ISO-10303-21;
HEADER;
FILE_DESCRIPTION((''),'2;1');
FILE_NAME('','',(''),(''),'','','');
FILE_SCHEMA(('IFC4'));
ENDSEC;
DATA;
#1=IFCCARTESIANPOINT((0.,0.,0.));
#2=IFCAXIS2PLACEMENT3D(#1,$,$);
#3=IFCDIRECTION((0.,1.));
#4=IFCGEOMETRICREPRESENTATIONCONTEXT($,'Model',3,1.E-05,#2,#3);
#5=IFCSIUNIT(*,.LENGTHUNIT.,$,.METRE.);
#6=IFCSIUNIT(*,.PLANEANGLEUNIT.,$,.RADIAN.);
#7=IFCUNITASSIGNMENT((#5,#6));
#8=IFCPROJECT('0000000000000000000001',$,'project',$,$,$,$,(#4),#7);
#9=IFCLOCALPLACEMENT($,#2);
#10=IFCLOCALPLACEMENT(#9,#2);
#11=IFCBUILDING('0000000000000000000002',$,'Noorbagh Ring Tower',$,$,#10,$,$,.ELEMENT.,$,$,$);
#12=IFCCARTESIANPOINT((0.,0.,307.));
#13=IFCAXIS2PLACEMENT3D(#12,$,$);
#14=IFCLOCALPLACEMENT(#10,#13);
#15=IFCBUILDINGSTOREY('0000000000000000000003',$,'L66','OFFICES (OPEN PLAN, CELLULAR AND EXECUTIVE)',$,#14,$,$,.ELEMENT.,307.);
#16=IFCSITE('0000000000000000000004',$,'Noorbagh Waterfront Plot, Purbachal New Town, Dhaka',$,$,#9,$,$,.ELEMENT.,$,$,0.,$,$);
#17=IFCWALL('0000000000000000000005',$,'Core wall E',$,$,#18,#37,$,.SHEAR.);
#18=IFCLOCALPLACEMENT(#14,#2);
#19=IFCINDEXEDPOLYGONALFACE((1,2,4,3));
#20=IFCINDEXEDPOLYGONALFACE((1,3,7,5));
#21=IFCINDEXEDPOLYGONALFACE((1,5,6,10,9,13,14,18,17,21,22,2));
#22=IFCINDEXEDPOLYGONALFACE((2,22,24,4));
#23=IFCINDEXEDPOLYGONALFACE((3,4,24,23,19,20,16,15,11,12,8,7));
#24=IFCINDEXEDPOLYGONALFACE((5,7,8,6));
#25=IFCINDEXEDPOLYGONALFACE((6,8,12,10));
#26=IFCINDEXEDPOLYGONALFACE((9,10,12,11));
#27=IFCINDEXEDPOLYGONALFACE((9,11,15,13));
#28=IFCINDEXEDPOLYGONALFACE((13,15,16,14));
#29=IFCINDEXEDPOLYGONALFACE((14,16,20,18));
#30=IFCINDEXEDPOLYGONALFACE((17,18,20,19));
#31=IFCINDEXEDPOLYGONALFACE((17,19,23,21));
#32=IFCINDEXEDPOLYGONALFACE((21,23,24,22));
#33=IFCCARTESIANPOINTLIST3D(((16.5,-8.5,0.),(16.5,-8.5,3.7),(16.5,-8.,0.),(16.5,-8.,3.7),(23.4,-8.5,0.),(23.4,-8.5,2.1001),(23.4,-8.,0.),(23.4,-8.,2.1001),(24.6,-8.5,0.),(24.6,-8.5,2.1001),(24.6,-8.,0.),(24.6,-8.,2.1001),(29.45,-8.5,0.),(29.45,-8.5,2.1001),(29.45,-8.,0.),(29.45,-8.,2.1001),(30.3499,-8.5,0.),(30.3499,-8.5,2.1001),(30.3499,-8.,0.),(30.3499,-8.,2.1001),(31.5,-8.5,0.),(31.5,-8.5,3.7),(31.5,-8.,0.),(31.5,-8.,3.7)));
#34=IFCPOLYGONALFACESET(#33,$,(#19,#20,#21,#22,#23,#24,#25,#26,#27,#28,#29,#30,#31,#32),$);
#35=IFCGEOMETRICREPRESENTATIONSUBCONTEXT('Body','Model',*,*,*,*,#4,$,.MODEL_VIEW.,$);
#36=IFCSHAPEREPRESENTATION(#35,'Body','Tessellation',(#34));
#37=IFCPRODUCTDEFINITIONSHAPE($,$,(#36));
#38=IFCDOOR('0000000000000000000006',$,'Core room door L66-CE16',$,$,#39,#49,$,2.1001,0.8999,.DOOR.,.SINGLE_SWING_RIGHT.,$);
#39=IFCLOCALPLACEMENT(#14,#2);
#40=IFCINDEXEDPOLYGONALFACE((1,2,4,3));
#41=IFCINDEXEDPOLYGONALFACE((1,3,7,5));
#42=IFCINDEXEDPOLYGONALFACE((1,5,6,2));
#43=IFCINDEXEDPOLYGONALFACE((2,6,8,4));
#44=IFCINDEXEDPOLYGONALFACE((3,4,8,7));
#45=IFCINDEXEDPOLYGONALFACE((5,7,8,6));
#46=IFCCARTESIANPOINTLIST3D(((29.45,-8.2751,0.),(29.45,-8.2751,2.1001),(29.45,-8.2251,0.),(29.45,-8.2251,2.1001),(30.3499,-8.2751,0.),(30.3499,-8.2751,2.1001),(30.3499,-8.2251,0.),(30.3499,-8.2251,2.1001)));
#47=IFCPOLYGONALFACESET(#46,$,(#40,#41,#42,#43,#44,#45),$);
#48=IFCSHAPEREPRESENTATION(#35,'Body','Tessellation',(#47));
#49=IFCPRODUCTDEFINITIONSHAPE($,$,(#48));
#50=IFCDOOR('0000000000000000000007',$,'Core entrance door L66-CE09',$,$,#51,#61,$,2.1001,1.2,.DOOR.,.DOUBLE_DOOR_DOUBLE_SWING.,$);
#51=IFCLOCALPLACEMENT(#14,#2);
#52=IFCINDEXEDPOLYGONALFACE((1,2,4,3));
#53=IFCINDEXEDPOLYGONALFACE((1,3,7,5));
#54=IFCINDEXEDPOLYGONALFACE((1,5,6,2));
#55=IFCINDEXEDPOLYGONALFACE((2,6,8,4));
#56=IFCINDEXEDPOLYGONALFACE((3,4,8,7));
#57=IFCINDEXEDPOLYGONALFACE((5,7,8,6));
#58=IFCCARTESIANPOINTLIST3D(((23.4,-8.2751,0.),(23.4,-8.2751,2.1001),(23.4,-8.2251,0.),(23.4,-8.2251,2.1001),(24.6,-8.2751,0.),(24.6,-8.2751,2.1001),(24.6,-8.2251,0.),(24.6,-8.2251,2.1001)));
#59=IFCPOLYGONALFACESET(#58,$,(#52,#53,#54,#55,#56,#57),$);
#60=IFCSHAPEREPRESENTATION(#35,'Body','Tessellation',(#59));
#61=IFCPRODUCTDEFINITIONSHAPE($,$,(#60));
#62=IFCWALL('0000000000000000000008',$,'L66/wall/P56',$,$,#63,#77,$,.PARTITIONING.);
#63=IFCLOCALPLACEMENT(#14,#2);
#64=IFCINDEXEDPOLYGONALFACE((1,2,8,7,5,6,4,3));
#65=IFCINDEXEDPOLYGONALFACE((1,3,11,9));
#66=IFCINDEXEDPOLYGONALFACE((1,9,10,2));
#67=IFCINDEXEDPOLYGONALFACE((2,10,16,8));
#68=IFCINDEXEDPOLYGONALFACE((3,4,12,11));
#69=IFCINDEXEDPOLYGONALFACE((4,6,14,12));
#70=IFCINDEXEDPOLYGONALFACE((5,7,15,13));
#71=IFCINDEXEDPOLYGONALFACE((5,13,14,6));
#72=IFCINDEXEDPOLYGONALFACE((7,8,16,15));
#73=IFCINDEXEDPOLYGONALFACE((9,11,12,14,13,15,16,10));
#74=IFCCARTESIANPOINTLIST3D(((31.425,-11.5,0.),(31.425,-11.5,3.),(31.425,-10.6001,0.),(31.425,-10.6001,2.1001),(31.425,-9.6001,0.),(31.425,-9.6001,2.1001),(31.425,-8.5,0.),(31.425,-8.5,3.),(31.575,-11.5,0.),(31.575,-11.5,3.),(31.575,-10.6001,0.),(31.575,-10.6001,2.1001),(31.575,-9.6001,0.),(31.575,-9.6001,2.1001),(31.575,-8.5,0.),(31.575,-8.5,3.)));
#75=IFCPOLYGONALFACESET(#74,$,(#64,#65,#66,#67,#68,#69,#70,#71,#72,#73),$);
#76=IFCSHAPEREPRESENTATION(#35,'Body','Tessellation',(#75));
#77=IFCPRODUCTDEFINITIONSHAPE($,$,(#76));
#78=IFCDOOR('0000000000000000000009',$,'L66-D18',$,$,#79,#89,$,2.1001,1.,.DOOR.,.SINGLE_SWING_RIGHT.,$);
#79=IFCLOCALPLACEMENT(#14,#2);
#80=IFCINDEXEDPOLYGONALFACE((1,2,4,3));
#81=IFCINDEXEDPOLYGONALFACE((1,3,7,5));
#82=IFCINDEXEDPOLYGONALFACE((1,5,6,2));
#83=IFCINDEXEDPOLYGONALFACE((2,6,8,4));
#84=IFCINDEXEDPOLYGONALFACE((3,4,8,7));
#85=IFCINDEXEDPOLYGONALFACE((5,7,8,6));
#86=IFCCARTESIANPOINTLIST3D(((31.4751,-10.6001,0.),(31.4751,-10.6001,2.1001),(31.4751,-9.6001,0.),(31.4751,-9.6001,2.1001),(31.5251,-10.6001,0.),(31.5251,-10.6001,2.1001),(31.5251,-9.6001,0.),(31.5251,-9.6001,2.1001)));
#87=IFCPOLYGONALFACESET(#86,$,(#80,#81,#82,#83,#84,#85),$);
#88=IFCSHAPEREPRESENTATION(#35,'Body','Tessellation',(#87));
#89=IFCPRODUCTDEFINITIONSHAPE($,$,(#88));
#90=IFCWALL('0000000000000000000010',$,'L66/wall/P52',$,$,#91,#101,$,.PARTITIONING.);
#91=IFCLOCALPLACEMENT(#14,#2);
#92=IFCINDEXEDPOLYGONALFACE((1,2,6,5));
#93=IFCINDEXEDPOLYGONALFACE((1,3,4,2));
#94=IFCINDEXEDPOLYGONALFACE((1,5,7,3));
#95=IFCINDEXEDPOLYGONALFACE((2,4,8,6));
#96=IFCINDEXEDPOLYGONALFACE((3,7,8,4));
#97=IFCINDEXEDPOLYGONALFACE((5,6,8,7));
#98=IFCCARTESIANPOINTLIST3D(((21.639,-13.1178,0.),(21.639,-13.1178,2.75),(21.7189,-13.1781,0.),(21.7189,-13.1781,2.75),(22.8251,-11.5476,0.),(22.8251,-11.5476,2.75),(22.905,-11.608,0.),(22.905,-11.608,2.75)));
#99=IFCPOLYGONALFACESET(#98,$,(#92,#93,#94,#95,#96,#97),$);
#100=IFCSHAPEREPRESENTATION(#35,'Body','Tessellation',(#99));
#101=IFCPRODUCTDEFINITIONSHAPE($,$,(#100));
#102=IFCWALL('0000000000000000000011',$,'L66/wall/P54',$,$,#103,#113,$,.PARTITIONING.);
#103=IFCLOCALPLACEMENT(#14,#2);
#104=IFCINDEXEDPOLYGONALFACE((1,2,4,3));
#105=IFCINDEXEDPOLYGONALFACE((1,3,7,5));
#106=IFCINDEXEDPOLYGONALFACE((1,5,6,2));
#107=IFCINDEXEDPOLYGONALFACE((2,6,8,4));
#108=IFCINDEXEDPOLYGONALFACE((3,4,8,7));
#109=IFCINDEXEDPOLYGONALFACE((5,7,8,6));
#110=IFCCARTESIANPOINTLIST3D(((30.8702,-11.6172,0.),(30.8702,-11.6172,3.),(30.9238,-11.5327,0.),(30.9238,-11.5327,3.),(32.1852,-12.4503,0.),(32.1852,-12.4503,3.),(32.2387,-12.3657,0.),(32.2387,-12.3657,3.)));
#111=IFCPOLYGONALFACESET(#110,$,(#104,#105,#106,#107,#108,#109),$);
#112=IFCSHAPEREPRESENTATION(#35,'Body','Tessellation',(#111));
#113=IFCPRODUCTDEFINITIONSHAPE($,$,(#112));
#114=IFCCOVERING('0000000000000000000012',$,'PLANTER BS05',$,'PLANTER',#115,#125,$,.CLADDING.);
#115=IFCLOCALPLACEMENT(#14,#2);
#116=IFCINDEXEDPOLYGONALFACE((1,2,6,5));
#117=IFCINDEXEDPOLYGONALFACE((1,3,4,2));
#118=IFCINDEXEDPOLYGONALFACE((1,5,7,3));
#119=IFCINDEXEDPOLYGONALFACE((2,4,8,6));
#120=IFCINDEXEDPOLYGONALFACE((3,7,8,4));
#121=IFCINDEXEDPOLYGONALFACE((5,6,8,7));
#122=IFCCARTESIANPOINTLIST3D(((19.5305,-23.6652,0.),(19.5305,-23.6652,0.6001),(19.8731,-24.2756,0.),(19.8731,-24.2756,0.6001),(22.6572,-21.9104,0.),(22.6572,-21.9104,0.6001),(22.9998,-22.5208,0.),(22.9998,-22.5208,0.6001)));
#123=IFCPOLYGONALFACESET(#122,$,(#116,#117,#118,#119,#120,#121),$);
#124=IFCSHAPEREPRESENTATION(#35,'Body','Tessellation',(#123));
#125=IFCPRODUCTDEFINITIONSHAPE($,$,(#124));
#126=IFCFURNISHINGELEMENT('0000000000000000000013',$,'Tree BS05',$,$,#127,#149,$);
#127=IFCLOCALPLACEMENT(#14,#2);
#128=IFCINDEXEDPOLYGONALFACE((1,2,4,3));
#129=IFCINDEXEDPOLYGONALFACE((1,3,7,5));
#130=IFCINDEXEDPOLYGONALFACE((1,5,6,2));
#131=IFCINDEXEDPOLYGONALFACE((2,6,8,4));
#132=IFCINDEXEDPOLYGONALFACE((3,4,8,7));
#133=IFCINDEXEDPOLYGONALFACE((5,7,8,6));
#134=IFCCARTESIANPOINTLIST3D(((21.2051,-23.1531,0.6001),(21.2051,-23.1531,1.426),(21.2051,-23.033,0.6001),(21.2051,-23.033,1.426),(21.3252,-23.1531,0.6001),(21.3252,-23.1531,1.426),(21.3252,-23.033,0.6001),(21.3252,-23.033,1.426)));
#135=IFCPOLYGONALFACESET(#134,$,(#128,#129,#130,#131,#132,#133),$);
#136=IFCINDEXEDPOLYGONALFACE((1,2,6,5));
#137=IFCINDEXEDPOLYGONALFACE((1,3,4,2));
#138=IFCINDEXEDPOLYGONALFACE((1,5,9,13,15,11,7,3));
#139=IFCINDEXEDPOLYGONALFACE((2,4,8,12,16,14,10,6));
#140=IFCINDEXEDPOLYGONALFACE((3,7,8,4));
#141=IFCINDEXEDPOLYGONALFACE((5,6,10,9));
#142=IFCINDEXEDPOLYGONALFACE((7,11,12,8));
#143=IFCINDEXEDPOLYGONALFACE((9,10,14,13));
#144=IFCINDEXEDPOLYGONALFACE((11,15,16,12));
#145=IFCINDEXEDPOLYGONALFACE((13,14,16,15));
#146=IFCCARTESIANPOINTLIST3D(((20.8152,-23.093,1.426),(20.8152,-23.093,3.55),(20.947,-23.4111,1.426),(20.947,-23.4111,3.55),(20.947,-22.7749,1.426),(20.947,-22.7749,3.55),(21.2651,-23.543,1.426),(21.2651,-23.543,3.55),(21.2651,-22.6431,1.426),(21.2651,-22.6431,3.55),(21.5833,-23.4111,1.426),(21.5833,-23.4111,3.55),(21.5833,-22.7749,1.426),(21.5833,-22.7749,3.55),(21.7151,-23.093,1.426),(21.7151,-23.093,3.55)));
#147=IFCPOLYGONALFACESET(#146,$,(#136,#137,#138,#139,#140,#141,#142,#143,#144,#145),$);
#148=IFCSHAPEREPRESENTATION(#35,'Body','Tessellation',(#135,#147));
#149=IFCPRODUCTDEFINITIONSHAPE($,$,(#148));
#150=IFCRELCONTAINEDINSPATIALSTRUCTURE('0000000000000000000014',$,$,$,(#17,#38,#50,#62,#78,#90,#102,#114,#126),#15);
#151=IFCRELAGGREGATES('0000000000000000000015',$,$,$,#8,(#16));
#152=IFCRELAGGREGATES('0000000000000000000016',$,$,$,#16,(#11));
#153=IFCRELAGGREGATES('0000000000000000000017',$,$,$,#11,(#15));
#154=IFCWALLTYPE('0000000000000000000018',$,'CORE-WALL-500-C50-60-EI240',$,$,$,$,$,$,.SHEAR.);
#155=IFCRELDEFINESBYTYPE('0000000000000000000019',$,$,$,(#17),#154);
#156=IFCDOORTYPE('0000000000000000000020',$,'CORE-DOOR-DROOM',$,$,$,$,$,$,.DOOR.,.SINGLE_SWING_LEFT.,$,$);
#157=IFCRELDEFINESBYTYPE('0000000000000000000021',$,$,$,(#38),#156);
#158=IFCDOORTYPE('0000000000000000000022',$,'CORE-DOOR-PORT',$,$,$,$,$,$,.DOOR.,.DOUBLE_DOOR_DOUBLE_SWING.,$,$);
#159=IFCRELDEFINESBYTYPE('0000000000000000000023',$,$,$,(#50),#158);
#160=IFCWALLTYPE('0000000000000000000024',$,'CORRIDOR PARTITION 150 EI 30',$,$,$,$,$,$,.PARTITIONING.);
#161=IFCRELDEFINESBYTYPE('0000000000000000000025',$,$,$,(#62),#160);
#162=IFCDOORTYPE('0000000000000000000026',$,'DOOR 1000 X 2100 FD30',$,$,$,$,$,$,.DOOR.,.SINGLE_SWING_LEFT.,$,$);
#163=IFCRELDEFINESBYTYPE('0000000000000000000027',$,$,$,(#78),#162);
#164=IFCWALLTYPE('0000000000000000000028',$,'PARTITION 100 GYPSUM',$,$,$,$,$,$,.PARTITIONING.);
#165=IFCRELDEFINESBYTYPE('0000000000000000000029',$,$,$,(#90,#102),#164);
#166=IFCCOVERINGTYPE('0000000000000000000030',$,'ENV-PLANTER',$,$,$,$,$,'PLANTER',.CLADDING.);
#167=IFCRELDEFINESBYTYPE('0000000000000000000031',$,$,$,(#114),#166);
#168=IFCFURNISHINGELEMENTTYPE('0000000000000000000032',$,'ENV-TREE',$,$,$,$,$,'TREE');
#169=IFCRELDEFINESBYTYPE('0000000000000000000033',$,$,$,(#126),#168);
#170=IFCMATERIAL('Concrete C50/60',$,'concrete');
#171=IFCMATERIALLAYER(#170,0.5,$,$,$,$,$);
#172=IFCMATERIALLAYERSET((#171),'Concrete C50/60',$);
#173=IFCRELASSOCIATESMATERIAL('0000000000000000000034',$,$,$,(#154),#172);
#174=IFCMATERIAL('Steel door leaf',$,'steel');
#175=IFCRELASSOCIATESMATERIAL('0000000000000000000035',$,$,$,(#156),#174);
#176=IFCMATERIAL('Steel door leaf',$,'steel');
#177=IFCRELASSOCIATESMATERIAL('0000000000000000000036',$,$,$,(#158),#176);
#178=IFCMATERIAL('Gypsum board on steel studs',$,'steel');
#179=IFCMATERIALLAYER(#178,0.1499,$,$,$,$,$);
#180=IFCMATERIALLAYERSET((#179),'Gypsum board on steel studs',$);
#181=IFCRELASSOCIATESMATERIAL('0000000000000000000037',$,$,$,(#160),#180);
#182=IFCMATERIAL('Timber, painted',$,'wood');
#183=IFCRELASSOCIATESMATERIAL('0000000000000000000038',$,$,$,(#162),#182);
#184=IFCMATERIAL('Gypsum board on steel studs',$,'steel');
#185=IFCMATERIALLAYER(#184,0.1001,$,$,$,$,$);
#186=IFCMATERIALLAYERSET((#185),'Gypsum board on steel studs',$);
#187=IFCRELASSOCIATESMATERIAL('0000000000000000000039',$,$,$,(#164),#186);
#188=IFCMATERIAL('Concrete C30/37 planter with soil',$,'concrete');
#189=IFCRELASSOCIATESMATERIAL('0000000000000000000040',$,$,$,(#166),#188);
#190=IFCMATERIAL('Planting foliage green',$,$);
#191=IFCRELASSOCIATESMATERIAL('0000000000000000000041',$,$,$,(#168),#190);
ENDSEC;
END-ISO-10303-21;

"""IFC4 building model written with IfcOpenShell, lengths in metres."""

from ifc_helpers import new_model, si_unit, direction, frame, frame_2d, origin, origin_2d, place, context, subcontext, project, spatial, polyline, rectangle, outline, extrude, material, layer, layer_set, type_object, element, fill, save


model = new_model("IFC4")

# Units and contexts
model_context = context("Model", 3, precision=1e-05, world=origin(), true_north=direction((0.0, 1.0)))
body_context = subcontext(model_context, "Body", "Model", "MODEL_VIEW")
ifc_project = project(units=[si_unit("LENGTHUNIT", "METRE"), si_unit("PLANEANGLEUNIT", "RADIAN")], contexts=[model_context])

# Site, building, storey
site_placement = place(None, origin())
site = spatial("IfcSite", under=ifc_project, at=site_placement, Name="Noorbagh Waterfront Plot, Purbachal New Town, Dhaka", CompositionType="ELEMENT", RefElevation=0.0)
building_placement = place(site_placement, origin())
building = spatial("IfcBuilding", under=site, at=building_placement, Name="Noorbagh Ring Tower", CompositionType="ELEMENT")
storey_placement = place(building_placement, frame((0.0, 0.0, 307.0)))
storey = spatial("IfcBuildingStorey", under=building, at=storey_placement, Name="L66", Description="OFFICES (OPEN PLAN, CELLULAR AND EXECUTIVE)", CompositionType="ELEMENT", Elevation=307.0)

# Wall, openings, doors
ifc_material_1 = material(Name="Concrete C50/60", Category="concrete")
ifc_layer_1 = layer(ifc_material_1, 0.5)
ifc_layer_set_1 = layer_set([ifc_layer_1], Name="Concrete C50/60")
wall_type_1 = type_object("IfcWallType", Name="CORE-WALL-500-C50-60-EI240", PredefinedType="SHEAR", material=ifc_layer_set_1)
wall_1_placement = place(storey_placement, frame((16.5, -8.25, 0.0), z_axis=(0.0, 0.0, 1.0), x_axis=(1.0, 0.0, 0.0)))
wall_1 = element("IfcWall", 1, at=wall_1_placement, inside=storey, type_object=wall_type_1, Name="Core wall E", PredefinedType="SHEAR", context=body_context, shape_type="SweptSolid", body=[
    extrude(rectangle(XDim=15.0, YDim=0.5, at=frame_2d((7.5, 0.0))), origin(), (0.0, 0.0, 1.0), 3.7),
])
opening_1_placement = place(wall_1_placement, frame((6.8999, 0.0, 0.0)))
opening_1 = element("IfcOpeningElement", 2, at=opening_1_placement, cuts=wall_1, PredefinedType="OPENING", context=body_context, shape_type="SweptSolid", body=[
    extrude(rectangle(XDim=1.2, YDim=2.1001, at=frame_2d((0.6001, 1.05))), frame((0.0, 0.26, 0.0), z_axis=(0.0, -1.0, 0.0), x_axis=(1.0, 0.0, 0.0)), (0.0, 0.0, 1.0), 0.52),
])
opening_2_placement = place(wall_1_placement, frame((12.95, 0.0, 0.0)))
opening_2 = element("IfcOpeningElement", 3, at=opening_2_placement, cuts=wall_1, PredefinedType="OPENING", context=body_context, shape_type="SweptSolid", body=[
    extrude(rectangle(XDim=0.8999, YDim=2.1001, at=frame_2d((0.45, 1.05))), frame((0.0, 0.26, 0.0), z_axis=(0.0, -1.0, 0.0), x_axis=(1.0, 0.0, 0.0)), (0.0, 0.0, 1.0), 0.52),
])
ifc_material_2 = material(Name="Steel door leaf", Category="steel")
door_type_1 = type_object("IfcDoorType", Name="CORE-DOOR-DROOM", OperationType="SINGLE_SWING_LEFT", PredefinedType="DOOR", material=ifc_material_2)
door_1_placement = place(opening_2_placement, origin())
door_1 = element("IfcDoor", 4, at=door_1_placement, inside=storey, type_object=door_type_1, Name="Core room door L66-CE16", OperationType="SINGLE_SWING_RIGHT", OverallHeight=2.1001, OverallWidth=0.8999, PredefinedType="DOOR", context=body_context, shape_type="SweptSolid", body=[
    extrude(rectangle(XDim=0.8999, YDim=2.1001, at=frame_2d((0.45, 1.05))), frame((0.0, 0.0249, 0.0), z_axis=(0.0, -1.0, 0.0), x_axis=(1.0, 0.0, 0.0)), (0.0, 0.0, 1.0), 0.05),
])
fill(opening_2, door_1)
ifc_material_3 = material(Name="Steel door leaf", Category="steel")
door_type_2 = type_object("IfcDoorType", Name="CORE-DOOR-PORT", OperationType="DOUBLE_DOOR_DOUBLE_SWING", PredefinedType="DOOR", material=ifc_material_3)
door_2_placement = place(opening_1_placement, origin())
door_2 = element("IfcDoor", 5, at=door_2_placement, inside=storey, type_object=door_type_2, Name="Core entrance door L66-CE09", OperationType="DOUBLE_DOOR_DOUBLE_SWING", OverallHeight=2.1001, OverallWidth=1.2, PredefinedType="DOOR", context=body_context, shape_type="SweptSolid", body=[
    extrude(rectangle(XDim=1.2, YDim=2.1001, at=frame_2d((0.6001, 1.05))), frame((0.0, 0.0249, 0.0), z_axis=(0.0, -1.0, 0.0), x_axis=(1.0, 0.0, 0.0)), (0.0, 0.0, 1.0), 0.05),
])
fill(opening_1, door_2)

# Wall, opening, door
ifc_material_4 = material(Name="Gypsum board on steel studs", Category="steel")
ifc_layer_2 = layer(ifc_material_4, 0.1499)
ifc_layer_set_2 = layer_set([ifc_layer_2], Name="Gypsum board on steel studs")
wall_type_2 = type_object("IfcWallType", Name="CORRIDOR PARTITION 150 EI 30", PredefinedType="PARTITIONING", material=ifc_layer_set_2)
wall_2_placement = place(storey_placement, frame((31.5, -11.5, 0.0), z_axis=(0.0, 0.0, 1.0), x_axis=(0.0, 1.0, 0.0)))
wall_2 = element("IfcWall", 6, at=wall_2_placement, inside=storey, type_object=wall_type_2, Name="L66/wall/P56", PredefinedType="PARTITIONING", context=body_context, shape_type="SweptSolid", body=[
    extrude(rectangle(XDim=3.0, YDim=0.1499, at=frame_2d((1.5, 0.0))), origin(), (0.0, 0.0, 1.0), 3.0),
])
opening_3_placement = place(wall_2_placement, frame((0.8999, 0.0, 0.0)))
opening_3 = element("IfcOpeningElement", 7, at=opening_3_placement, cuts=wall_2, PredefinedType="OPENING", context=body_context, shape_type="SweptSolid", body=[
    extrude(rectangle(XDim=1.0, YDim=2.1001, at=frame_2d((0.5, 1.05))), frame((0.0, 0.085, 0.0), z_axis=(0.0, -1.0, 0.0), x_axis=(1.0, 0.0, 0.0)), (0.0, 0.0, 1.0), 0.1699),
])
ifc_material_5 = material(Name="Timber, painted", Category="wood")
door_type_3 = type_object("IfcDoorType", Name="DOOR 1000 X 2100 FD30", OperationType="SINGLE_SWING_LEFT", PredefinedType="DOOR", material=ifc_material_5)
door_3_placement = place(opening_3_placement, origin())
door_3 = element("IfcDoor", 8, at=door_3_placement, inside=storey, type_object=door_type_3, Name="L66-D18", OperationType="SINGLE_SWING_RIGHT", OverallHeight=2.1001, OverallWidth=1.0, PredefinedType="DOOR", context=body_context, shape_type="SweptSolid", body=[
    extrude(rectangle(XDim=1.0, YDim=2.1001, at=frame_2d((0.5, 1.05))), frame((0.0, 0.0249, 0.0), z_axis=(0.0, -1.0, 0.0), x_axis=(1.0, 0.0, 0.0)), (0.0, 0.0, 1.0), 0.05),
])
fill(opening_3, door_3)

# Walls
ifc_material_6 = material(Name="Gypsum board on steel studs", Category="steel")
ifc_layer_3 = layer(ifc_material_6, 0.1001)
ifc_layer_set_3 = layer_set([ifc_layer_3], Name="Gypsum board on steel studs")
wall_type_3 = type_object("IfcWallType", Name="PARTITION 100 GYPSUM", PredefinedType="PARTITIONING", material=ifc_layer_set_3)
wall_3_placement = place(storey_placement, frame((21.679, -13.1479, 0.0), z_axis=(0.0, 0.0, 1.0), x_axis=(0.602756, 0.797926, 0.0)))
element("IfcWall", 9, at=wall_3_placement, inside=storey, type_object=wall_type_3, Name="L66/wall/P52", PredefinedType="PARTITIONING", context=body_context, shape_type="SweptSolid", body=[
    extrude(rectangle(XDim=1.9678, YDim=0.1001, at=frame_2d((0.9839, 0.0))), origin(), (0.0, 0.0, 1.0), 2.75),
])
wall_4_placement = place(storey_placement, frame((30.897, -11.575, 0.0), z_axis=(0.0, 0.0, 1.0), x_axis=(0.844758, -0.535149, 0.0)))
element("IfcWall", 10, at=wall_4_placement, inside=storey, type_object=wall_type_3, Name="L66/wall/P54", PredefinedType="PARTITIONING", context=body_context, shape_type="SweptSolid", body=[
    extrude(rectangle(XDim=1.5566, YDim=0.1001, at=frame_2d((0.7783, 0.0))), origin(), (0.0, 0.0, 1.0), 3.0),
])

# Covering
ifc_material_7 = material(Name="Concrete C30/37 planter with soil", Category="concrete")
covering_type = type_object("IfcCoveringType", Name="ENV-PLANTER", ElementType="PLANTER", PredefinedType="CLADDING", material=ifc_material_7)
covering_placement = place(storey_placement, frame((21.2651, -23.093, 0.0), z_axis=(0.0, 0.0, 1.0), x_axis=(0.872045, 0.489426, 0.0)))
element("IfcCovering", 11, at=covering_placement, inside=storey, type_object=covering_type, Name="PLANTER BS05", ObjectType="PLANTER", PredefinedType="CLADDING", context=body_context, shape_type="SweptSolid", body=[
    extrude(rectangle(XDim=3.5854, YDim=0.7, at=origin_2d()), origin(), (0.0, 0.0, 1.0), 0.6001),
])

# Furnishing element
ifc_material_8 = material(Name="Planting foliage green")
furnishing_element_type = type_object("IfcFurnishingElementType", Name="ENV-TREE", ElementType="TREE", material=ifc_material_8)
furnishing_placement = place(storey_placement, frame((21.2651, -23.093, 0.6001), z_axis=(0.0, 0.0, 1.0), x_axis=(1.0, 0.0, 0.0)))
element("IfcFurnishingElement", 12, at=furnishing_placement, inside=storey, type_object=furnishing_element_type, Name="Tree BS05", context=body_context, shape_type="SweptSolid", body=[
    extrude(rectangle(XDim=0.1201, YDim=0.1201, at=origin_2d()), origin(), (0.0, 0.0, 1.0), 0.8259),
    extrude(outline(polyline([(0.45, 0.0), (0.3181, 0.3181), (0.0, 0.45), (-0.3181, 0.3181), (-0.45, 0.0), (-0.3181, -0.3181), (0.0, -0.45), (0.3181, -0.3181), (0.45, 0.0)])), frame((0.0, 0.0, 0.8259)), (0.0, 0.0, 1.0), 2.124),
])

save(model, "model.ifc")
